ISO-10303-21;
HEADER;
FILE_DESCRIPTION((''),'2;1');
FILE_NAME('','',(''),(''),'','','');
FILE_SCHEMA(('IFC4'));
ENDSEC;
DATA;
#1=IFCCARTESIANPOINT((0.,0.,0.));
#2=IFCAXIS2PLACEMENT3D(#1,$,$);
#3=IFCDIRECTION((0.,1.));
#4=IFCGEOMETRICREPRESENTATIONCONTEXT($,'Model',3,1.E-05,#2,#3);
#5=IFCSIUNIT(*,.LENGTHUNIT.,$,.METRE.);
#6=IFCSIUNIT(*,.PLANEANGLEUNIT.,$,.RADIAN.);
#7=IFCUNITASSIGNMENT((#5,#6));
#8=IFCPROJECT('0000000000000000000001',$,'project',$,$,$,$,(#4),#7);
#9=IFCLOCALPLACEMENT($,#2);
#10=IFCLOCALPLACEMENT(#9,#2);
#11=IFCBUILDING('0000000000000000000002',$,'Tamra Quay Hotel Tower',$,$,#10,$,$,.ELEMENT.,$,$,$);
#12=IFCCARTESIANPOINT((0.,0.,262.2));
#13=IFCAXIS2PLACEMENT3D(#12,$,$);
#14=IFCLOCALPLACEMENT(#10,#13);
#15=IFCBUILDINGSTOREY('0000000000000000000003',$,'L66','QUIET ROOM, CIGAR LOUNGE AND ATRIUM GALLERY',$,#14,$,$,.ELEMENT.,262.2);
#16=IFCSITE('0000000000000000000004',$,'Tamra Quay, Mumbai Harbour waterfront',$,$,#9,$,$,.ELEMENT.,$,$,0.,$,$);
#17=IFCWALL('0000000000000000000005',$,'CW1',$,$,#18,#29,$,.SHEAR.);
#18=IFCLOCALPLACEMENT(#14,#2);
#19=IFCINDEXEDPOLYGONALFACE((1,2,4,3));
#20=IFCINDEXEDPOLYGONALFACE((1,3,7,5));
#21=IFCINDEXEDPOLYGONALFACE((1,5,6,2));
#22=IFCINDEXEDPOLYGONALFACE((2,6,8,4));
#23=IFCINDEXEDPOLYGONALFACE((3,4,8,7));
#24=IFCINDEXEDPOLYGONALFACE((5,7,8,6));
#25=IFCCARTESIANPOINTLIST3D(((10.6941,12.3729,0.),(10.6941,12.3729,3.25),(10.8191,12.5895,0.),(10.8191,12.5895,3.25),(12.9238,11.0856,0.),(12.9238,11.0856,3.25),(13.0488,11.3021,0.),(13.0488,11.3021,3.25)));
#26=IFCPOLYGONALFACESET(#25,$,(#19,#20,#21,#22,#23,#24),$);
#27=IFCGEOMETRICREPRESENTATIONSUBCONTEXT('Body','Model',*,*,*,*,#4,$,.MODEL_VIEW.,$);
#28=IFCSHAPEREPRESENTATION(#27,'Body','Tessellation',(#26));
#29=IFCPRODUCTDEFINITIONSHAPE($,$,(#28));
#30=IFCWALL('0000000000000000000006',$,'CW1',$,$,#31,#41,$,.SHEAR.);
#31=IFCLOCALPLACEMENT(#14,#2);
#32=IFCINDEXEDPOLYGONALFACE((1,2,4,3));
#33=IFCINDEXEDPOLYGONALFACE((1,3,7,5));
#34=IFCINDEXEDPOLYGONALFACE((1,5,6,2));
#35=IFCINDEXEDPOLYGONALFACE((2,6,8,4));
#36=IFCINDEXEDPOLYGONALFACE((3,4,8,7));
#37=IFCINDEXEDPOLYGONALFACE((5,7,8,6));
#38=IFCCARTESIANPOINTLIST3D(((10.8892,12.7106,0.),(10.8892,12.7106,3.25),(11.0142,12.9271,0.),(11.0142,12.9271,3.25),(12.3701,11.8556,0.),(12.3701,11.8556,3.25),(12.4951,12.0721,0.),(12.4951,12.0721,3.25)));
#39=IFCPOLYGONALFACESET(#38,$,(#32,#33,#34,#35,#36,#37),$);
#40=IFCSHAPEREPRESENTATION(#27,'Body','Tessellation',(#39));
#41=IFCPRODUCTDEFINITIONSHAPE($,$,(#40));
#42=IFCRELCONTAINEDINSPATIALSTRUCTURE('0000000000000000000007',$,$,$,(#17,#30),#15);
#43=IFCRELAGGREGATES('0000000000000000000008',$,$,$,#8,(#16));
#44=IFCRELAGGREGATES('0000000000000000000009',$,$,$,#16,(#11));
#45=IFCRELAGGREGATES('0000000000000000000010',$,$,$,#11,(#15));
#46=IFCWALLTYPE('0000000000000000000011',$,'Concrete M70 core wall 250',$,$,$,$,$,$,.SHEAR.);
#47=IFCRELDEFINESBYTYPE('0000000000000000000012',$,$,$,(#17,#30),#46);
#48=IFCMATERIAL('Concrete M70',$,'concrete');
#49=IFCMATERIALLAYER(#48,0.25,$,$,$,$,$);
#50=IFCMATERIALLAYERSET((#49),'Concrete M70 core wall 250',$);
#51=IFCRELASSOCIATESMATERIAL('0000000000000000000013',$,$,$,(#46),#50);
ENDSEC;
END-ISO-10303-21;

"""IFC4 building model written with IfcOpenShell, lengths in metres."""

from ifc_helpers import new_model, si_unit, direction, frame, frame_2d, origin, place, context, subcontext, project, spatial, rectangle, extrude, material, layer, layer_set, type_object, element, save


model = new_model("IFC4")

# Units and contexts
model_context = context("Model", 3, precision=1e-05, world=origin(), true_north=direction((0.0, 1.0)))
body_context = subcontext(model_context, "Body", "Model", "MODEL_VIEW")
ifc_project = project(units=[si_unit("LENGTHUNIT", "METRE"), si_unit("PLANEANGLEUNIT", "RADIAN")], contexts=[model_context])

# Site, building, storey
site_placement = place(None, origin())
site = spatial("IfcSite", under=ifc_project, at=site_placement, Name="Tamra Quay, Mumbai Harbour waterfront", CompositionType="ELEMENT", RefElevation=0.0)
building_placement = place(site_placement, origin())
building = spatial("IfcBuilding", under=site, at=building_placement, Name="Tamra Quay Hotel Tower", CompositionType="ELEMENT")
storey_placement = place(building_placement, frame((0.0, 0.0, 262.2)))
storey = spatial("IfcBuildingStorey", under=building, at=storey_placement, Name="L66", Description="QUIET ROOM, CIGAR LOUNGE AND ATRIUM GALLERY", CompositionType="ELEMENT", Elevation=262.2)

# Shared definitions
ifc_material_1 = material(Name="Concrete M70", Category="concrete")

# Walls
ifc_layer_1 = layer(ifc_material_1, 0.25)
ifc_layer_set_1 = layer_set([ifc_layer_1], Name="Concrete M70 core wall 250")
wall_type = type_object("IfcWallType", Name="Concrete M70 core wall 250", PredefinedType="SHEAR", material=ifc_layer_set_1)
wall_1_placement = place(storey_placement, frame((10.7566, 12.4812, 0.0), z_axis=(0.0, 0.0, 1.0), x_axis=(0.866023, -0.500004, 0.0)))
element("IfcWall", 1, at=wall_1_placement, inside=storey, type_object=wall_type, Name="CW1", PredefinedType="SHEAR", context=body_context, shape_type="SweptSolid", body=[
    extrude(rectangle(XDim=2.5747, YDim=0.25, at=frame_2d((1.2874, 0.0))), origin(), (0.0, 0.0, 1.0), 3.25),
])
wall_2_placement = place(storey_placement, frame((12.4326, 11.9639, 0.0), z_axis=(0.0, 0.0, 1.0), x_axis=(-0.866038, 0.499978, 0.0)))
element("IfcWall", 2, at=wall_2_placement, inside=storey, type_object=wall_type, Name="CW1", PredefinedType="SHEAR", context=body_context, shape_type="SweptSolid", body=[
    extrude(rectangle(XDim=1.71, YDim=0.25, at=frame_2d((0.855, 0.0))), origin(), (0.0, 0.0, 1.0), 3.25),
])

save(model, "model.ifc")
